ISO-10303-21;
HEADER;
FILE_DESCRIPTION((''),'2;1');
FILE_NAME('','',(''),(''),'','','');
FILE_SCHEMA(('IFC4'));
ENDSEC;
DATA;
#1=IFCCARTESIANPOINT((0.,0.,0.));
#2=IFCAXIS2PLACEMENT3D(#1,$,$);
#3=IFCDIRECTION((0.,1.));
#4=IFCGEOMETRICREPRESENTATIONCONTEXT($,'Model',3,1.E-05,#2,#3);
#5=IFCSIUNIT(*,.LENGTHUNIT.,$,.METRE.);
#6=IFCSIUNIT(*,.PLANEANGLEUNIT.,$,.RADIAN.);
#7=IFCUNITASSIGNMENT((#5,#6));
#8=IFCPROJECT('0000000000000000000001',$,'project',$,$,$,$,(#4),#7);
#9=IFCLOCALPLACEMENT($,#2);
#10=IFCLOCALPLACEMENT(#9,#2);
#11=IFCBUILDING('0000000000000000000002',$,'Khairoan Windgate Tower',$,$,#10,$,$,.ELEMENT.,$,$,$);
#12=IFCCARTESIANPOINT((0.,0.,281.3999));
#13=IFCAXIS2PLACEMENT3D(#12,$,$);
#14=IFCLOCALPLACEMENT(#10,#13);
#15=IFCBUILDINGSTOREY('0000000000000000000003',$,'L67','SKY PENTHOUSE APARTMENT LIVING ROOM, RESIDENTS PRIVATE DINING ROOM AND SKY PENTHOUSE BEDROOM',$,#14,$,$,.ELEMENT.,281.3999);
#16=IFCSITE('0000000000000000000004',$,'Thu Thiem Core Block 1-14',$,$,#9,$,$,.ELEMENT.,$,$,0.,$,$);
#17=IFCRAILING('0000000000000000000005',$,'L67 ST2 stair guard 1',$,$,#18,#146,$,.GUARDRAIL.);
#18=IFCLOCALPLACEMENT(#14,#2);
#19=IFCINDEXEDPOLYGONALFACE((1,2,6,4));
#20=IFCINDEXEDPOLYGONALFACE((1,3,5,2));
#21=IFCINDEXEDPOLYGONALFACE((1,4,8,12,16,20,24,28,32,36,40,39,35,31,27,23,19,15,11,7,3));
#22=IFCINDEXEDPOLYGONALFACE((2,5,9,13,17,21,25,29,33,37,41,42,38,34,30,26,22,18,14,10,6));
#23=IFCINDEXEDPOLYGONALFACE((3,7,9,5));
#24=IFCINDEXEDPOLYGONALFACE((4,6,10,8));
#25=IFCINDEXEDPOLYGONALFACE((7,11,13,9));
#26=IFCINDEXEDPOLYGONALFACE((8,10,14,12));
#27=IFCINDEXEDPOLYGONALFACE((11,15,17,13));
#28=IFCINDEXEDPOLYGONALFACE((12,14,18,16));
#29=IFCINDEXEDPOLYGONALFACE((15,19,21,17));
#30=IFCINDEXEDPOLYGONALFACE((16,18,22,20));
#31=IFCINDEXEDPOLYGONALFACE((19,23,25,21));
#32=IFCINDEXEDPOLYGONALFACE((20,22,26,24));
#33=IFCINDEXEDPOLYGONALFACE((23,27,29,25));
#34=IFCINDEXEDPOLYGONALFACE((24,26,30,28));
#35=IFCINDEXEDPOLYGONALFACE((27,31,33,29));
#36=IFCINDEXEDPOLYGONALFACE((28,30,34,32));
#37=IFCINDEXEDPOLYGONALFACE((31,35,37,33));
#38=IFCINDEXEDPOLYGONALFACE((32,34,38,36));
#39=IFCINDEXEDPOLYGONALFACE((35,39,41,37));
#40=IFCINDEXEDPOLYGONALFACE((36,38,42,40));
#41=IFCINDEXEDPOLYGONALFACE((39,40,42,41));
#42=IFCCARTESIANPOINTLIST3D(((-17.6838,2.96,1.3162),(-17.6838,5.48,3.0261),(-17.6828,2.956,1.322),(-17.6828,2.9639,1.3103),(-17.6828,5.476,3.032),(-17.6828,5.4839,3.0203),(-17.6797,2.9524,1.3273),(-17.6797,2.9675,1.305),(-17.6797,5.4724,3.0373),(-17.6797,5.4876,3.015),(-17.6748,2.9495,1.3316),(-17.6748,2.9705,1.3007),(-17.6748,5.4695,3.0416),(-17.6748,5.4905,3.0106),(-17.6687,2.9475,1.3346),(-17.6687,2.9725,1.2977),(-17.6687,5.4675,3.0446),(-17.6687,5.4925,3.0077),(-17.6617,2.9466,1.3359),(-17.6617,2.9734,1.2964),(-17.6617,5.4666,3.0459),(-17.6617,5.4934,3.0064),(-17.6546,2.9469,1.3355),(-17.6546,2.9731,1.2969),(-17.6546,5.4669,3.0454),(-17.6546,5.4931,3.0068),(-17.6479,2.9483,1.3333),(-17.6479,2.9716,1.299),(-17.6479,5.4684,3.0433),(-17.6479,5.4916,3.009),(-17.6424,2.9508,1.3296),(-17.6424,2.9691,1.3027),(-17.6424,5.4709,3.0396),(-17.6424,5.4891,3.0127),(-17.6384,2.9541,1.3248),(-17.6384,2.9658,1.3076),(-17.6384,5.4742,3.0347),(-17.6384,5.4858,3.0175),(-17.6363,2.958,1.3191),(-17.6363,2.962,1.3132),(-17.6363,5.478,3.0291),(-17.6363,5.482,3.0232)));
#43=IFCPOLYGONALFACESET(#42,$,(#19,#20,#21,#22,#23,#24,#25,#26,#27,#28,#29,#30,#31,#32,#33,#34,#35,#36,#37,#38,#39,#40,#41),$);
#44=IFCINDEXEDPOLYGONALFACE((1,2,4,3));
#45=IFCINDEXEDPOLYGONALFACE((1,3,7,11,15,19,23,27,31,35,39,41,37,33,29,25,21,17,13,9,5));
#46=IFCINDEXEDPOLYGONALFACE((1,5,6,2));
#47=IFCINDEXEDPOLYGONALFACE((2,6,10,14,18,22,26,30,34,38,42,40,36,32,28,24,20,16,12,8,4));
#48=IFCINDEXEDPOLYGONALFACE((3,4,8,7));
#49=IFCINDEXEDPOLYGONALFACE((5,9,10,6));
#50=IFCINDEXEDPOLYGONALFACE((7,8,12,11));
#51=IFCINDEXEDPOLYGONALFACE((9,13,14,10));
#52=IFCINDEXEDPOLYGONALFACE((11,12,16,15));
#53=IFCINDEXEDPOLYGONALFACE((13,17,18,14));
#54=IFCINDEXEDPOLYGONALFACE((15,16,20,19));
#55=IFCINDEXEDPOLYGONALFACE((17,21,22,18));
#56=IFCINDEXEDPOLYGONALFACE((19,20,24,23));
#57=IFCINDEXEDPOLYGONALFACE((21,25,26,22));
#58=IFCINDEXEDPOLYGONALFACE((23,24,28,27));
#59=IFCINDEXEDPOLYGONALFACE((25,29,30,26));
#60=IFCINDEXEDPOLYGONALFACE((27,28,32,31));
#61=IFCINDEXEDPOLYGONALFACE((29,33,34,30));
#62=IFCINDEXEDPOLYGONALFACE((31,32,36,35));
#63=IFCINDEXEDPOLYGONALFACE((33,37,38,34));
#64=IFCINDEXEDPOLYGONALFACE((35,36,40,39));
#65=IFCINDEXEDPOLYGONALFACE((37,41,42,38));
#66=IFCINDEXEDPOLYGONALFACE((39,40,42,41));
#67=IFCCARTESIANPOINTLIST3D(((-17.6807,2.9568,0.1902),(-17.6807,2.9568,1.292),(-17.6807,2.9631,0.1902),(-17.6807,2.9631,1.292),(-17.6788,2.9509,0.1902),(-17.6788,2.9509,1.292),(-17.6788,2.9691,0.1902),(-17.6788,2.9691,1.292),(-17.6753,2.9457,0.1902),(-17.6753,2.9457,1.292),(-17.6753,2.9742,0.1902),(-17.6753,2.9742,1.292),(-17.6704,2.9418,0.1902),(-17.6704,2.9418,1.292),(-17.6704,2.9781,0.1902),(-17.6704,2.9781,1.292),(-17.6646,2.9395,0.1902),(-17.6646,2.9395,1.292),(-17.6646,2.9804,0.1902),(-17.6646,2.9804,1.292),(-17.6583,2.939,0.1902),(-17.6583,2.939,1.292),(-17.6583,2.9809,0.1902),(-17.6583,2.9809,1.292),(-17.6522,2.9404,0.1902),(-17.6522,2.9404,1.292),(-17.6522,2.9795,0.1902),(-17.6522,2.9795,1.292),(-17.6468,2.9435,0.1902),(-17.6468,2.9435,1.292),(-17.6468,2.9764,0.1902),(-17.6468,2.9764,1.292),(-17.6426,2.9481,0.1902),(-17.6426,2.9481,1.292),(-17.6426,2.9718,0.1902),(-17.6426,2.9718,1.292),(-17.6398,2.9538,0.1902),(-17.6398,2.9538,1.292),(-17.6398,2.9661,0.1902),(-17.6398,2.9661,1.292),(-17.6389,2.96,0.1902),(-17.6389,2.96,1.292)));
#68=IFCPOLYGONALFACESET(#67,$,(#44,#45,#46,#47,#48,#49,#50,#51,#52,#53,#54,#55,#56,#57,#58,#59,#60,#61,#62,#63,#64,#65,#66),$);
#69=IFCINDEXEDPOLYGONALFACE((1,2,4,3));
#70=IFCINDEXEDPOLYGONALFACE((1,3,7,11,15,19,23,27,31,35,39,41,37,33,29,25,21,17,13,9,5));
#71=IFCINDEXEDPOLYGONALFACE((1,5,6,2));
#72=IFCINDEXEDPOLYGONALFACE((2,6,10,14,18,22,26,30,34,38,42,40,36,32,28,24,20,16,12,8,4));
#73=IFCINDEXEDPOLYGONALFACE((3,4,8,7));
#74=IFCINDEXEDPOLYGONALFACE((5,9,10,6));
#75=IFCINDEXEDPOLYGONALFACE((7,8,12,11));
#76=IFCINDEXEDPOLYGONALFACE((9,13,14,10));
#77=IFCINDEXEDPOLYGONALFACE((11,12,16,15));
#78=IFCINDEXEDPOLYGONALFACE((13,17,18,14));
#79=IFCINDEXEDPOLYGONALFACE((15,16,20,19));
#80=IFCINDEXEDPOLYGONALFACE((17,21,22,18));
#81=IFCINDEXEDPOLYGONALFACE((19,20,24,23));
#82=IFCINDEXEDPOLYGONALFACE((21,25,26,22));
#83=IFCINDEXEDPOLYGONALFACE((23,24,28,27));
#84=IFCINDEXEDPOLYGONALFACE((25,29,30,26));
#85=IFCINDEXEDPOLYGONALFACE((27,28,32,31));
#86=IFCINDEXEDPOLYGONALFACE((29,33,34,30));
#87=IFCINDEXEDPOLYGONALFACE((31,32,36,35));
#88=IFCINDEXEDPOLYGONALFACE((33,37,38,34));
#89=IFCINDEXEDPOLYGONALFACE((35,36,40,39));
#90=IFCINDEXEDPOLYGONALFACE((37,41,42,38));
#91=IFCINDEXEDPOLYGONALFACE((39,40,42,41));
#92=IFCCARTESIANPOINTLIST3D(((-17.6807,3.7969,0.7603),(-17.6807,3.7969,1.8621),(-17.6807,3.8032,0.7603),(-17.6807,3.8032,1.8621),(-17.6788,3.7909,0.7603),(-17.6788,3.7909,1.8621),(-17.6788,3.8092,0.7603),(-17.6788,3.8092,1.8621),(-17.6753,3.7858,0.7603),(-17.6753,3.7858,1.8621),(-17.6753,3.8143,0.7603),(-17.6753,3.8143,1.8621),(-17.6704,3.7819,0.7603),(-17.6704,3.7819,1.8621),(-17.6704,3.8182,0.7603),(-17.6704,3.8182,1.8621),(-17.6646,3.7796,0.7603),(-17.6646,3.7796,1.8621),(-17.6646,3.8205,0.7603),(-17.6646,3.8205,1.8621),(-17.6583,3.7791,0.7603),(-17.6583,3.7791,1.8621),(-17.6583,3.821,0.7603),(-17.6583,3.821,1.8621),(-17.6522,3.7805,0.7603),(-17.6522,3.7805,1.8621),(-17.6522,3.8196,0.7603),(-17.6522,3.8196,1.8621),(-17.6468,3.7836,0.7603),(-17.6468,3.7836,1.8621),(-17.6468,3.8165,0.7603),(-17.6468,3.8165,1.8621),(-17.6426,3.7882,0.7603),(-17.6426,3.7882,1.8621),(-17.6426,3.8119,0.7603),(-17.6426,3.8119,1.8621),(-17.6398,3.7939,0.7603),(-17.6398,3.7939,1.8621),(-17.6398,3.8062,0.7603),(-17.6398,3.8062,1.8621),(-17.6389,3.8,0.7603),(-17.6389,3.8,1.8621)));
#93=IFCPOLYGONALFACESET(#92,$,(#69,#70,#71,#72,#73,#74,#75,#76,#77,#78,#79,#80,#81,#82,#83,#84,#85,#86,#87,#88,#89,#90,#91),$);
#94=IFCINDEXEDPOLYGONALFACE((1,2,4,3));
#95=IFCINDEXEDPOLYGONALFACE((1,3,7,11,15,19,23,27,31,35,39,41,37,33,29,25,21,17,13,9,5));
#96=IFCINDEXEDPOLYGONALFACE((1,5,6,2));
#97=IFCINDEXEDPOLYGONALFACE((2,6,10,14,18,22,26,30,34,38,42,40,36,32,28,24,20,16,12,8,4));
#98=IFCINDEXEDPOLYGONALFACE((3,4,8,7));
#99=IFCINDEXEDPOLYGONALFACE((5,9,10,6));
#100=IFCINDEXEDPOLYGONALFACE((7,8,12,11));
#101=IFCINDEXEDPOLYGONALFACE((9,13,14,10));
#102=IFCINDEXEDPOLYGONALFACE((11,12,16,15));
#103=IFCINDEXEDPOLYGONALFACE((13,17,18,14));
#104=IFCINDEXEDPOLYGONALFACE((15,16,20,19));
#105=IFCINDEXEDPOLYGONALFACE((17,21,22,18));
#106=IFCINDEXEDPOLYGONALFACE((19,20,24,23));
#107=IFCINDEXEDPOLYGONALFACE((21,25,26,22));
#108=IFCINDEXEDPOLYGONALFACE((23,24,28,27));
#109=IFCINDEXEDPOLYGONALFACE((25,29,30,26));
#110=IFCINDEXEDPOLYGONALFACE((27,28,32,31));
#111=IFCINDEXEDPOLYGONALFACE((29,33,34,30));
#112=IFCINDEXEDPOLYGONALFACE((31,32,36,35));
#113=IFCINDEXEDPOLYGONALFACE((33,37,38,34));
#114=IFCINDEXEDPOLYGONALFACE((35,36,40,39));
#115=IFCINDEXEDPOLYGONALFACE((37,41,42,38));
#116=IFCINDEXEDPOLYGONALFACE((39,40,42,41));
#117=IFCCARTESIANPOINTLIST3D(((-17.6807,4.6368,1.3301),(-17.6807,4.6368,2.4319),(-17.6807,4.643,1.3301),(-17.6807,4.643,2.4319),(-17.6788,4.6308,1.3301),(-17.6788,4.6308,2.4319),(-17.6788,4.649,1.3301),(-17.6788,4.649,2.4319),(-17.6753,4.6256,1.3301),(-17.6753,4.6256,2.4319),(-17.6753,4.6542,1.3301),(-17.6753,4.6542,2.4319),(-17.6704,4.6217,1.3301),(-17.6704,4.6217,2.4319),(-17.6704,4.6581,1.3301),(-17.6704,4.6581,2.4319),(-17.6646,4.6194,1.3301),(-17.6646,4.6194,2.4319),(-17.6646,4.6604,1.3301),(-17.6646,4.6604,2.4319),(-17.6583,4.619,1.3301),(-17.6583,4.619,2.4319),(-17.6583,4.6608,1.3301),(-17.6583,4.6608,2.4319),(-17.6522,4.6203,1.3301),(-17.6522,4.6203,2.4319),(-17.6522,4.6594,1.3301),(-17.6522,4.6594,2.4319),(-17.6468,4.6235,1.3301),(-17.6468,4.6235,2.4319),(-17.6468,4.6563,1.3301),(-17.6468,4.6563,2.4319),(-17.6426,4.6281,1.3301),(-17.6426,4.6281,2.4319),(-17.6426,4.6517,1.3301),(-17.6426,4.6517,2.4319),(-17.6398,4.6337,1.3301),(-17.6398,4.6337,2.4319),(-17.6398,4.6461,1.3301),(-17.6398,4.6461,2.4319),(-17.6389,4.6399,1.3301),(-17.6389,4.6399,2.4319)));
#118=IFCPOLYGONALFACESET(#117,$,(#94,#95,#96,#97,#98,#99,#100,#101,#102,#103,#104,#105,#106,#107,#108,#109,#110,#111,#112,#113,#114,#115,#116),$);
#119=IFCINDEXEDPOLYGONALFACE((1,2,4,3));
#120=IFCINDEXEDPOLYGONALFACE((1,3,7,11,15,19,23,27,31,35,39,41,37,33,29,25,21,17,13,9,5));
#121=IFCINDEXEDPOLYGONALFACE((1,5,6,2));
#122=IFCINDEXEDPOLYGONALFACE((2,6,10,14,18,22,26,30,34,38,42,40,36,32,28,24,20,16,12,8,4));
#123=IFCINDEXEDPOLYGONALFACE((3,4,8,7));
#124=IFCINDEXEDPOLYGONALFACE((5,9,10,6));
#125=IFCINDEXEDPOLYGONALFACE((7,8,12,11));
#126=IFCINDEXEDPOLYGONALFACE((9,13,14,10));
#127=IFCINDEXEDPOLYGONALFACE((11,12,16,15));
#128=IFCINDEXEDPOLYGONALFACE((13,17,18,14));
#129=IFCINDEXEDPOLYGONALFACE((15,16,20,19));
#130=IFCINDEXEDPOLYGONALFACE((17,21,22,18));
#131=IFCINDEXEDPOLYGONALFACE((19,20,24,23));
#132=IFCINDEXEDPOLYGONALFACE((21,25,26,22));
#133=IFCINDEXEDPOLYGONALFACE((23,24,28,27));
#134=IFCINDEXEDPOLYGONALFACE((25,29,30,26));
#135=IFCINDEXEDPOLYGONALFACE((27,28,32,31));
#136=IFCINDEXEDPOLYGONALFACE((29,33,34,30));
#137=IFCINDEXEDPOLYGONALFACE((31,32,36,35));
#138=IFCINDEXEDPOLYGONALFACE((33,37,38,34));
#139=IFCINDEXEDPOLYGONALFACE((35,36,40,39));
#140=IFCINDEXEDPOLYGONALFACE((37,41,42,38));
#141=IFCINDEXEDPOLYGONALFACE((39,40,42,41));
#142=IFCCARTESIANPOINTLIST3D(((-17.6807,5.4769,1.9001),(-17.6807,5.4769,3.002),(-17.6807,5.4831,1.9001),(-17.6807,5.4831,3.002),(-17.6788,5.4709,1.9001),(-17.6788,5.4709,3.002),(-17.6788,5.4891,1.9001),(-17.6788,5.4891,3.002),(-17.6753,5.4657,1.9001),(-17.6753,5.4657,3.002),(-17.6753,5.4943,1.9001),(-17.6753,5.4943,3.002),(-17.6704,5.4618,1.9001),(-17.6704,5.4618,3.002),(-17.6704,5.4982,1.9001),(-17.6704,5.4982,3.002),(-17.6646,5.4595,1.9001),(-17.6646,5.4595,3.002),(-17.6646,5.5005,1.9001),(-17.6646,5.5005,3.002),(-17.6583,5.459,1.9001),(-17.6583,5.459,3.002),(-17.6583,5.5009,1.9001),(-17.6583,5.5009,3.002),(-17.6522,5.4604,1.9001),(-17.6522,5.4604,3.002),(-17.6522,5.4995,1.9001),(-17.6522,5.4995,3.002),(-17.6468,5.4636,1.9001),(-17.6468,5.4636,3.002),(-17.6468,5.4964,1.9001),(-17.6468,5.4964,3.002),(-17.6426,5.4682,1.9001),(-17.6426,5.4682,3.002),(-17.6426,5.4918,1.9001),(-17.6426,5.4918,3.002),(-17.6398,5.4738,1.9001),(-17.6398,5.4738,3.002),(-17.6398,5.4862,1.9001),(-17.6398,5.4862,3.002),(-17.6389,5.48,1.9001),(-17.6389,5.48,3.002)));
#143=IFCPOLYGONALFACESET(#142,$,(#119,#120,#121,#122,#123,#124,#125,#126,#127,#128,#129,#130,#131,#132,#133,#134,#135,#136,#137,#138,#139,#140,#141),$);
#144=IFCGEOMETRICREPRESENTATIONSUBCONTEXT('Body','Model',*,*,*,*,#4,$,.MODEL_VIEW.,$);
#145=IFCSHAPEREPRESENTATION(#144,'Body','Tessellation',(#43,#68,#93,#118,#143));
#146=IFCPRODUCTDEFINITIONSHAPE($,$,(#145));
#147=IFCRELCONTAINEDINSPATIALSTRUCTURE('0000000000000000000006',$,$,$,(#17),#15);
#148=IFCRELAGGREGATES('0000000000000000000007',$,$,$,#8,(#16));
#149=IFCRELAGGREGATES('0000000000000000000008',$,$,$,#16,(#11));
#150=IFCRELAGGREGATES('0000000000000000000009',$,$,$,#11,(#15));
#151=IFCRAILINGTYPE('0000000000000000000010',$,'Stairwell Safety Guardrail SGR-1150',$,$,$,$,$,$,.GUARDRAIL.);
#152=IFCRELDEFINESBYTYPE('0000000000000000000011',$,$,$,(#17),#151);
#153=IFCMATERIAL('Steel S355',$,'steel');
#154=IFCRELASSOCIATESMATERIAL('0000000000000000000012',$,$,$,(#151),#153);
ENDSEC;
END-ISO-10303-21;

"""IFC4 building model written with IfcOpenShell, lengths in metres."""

from ifc_helpers import new_model, si_unit, direction, frame, origin, origin_2d, place, context, subcontext, project, spatial, circle, extrude, material, type_object, element, save


model = new_model("IFC4")

# Units and contexts
model_context = context("Model", 3, precision=1e-05, world=origin(), true_north=direction((0.0, 1.0)))
body_context = subcontext(model_context, "Body", "Model", "MODEL_VIEW")
ifc_project = project(units=[si_unit("LENGTHUNIT", "METRE"), si_unit("PLANEANGLEUNIT", "RADIAN")], contexts=[model_context])

# Site, building, storey
site_placement = place(None, origin())
site = spatial("IfcSite", under=ifc_project, at=site_placement, Name="Thu Thiem Core Block 1-14", CompositionType="ELEMENT", RefElevation=0.0)
building_placement = place(site_placement, origin())
building = spatial("IfcBuilding", under=site, at=building_placement, Name="Khairoan Windgate Tower", CompositionType="ELEMENT")
storey_placement = place(building_placement, frame((0.0, 0.0, 281.3999)))
storey = spatial("IfcBuildingStorey", under=building, at=storey_placement, Name="L67", Description="SKY PENTHOUSE APARTMENT LIVING ROOM, RESIDENTS PRIVATE DINING ROOM AND SKY PENTHOUSE BEDROOM", CompositionType="ELEMENT", Elevation=281.3999)

# Railing
ifc_material_1 = material(Name="Steel S355", Category="steel")
railing_type_1 = type_object("IfcRailingType", Name="Stairwell Safety Guardrail SGR-1150", PredefinedType="GUARDRAIL", material=ifc_material_1)
railing_1_placement = place(storey_placement, frame((-17.6599, 2.96, 0.1902)))
element("IfcRailing", 1, at=railing_1_placement, inside=storey, type_object=railing_type_1, Name="L67 ST2 stair guard 1", PredefinedType="GUARDRAIL", context=body_context, shape_type="SweptSolid", body=[
    extrude(circle(Radius=0.0239, at=origin_2d()), frame((0.0, 0.0, 1.126), z_axis=(0.0, 0.827484, 0.56149), x_axis=(-1.0, 0.0, 0.0)), (0.0, 0.0, 1.0), 3.0454),
    extrude(circle(Radius=0.021, at=origin_2d()), origin(), (0.0, 0.0, 1.0), 1.1018),
    extrude(circle(Radius=0.021, at=origin_2d()), frame((0.0, 0.8401, 0.5701)), (0.0, 0.0, 1.0), 1.1018),
    extrude(circle(Radius=0.021, at=origin_2d()), frame((0.0, 1.6799, 1.1399)), (0.0, 0.0, 1.0), 1.1018),
    extrude(circle(Radius=0.021, at=origin_2d()), frame((0.0, 2.52, 1.71)), (0.0, 0.0, 1.0), 1.1018),
])

save(model, "model.ifc")
